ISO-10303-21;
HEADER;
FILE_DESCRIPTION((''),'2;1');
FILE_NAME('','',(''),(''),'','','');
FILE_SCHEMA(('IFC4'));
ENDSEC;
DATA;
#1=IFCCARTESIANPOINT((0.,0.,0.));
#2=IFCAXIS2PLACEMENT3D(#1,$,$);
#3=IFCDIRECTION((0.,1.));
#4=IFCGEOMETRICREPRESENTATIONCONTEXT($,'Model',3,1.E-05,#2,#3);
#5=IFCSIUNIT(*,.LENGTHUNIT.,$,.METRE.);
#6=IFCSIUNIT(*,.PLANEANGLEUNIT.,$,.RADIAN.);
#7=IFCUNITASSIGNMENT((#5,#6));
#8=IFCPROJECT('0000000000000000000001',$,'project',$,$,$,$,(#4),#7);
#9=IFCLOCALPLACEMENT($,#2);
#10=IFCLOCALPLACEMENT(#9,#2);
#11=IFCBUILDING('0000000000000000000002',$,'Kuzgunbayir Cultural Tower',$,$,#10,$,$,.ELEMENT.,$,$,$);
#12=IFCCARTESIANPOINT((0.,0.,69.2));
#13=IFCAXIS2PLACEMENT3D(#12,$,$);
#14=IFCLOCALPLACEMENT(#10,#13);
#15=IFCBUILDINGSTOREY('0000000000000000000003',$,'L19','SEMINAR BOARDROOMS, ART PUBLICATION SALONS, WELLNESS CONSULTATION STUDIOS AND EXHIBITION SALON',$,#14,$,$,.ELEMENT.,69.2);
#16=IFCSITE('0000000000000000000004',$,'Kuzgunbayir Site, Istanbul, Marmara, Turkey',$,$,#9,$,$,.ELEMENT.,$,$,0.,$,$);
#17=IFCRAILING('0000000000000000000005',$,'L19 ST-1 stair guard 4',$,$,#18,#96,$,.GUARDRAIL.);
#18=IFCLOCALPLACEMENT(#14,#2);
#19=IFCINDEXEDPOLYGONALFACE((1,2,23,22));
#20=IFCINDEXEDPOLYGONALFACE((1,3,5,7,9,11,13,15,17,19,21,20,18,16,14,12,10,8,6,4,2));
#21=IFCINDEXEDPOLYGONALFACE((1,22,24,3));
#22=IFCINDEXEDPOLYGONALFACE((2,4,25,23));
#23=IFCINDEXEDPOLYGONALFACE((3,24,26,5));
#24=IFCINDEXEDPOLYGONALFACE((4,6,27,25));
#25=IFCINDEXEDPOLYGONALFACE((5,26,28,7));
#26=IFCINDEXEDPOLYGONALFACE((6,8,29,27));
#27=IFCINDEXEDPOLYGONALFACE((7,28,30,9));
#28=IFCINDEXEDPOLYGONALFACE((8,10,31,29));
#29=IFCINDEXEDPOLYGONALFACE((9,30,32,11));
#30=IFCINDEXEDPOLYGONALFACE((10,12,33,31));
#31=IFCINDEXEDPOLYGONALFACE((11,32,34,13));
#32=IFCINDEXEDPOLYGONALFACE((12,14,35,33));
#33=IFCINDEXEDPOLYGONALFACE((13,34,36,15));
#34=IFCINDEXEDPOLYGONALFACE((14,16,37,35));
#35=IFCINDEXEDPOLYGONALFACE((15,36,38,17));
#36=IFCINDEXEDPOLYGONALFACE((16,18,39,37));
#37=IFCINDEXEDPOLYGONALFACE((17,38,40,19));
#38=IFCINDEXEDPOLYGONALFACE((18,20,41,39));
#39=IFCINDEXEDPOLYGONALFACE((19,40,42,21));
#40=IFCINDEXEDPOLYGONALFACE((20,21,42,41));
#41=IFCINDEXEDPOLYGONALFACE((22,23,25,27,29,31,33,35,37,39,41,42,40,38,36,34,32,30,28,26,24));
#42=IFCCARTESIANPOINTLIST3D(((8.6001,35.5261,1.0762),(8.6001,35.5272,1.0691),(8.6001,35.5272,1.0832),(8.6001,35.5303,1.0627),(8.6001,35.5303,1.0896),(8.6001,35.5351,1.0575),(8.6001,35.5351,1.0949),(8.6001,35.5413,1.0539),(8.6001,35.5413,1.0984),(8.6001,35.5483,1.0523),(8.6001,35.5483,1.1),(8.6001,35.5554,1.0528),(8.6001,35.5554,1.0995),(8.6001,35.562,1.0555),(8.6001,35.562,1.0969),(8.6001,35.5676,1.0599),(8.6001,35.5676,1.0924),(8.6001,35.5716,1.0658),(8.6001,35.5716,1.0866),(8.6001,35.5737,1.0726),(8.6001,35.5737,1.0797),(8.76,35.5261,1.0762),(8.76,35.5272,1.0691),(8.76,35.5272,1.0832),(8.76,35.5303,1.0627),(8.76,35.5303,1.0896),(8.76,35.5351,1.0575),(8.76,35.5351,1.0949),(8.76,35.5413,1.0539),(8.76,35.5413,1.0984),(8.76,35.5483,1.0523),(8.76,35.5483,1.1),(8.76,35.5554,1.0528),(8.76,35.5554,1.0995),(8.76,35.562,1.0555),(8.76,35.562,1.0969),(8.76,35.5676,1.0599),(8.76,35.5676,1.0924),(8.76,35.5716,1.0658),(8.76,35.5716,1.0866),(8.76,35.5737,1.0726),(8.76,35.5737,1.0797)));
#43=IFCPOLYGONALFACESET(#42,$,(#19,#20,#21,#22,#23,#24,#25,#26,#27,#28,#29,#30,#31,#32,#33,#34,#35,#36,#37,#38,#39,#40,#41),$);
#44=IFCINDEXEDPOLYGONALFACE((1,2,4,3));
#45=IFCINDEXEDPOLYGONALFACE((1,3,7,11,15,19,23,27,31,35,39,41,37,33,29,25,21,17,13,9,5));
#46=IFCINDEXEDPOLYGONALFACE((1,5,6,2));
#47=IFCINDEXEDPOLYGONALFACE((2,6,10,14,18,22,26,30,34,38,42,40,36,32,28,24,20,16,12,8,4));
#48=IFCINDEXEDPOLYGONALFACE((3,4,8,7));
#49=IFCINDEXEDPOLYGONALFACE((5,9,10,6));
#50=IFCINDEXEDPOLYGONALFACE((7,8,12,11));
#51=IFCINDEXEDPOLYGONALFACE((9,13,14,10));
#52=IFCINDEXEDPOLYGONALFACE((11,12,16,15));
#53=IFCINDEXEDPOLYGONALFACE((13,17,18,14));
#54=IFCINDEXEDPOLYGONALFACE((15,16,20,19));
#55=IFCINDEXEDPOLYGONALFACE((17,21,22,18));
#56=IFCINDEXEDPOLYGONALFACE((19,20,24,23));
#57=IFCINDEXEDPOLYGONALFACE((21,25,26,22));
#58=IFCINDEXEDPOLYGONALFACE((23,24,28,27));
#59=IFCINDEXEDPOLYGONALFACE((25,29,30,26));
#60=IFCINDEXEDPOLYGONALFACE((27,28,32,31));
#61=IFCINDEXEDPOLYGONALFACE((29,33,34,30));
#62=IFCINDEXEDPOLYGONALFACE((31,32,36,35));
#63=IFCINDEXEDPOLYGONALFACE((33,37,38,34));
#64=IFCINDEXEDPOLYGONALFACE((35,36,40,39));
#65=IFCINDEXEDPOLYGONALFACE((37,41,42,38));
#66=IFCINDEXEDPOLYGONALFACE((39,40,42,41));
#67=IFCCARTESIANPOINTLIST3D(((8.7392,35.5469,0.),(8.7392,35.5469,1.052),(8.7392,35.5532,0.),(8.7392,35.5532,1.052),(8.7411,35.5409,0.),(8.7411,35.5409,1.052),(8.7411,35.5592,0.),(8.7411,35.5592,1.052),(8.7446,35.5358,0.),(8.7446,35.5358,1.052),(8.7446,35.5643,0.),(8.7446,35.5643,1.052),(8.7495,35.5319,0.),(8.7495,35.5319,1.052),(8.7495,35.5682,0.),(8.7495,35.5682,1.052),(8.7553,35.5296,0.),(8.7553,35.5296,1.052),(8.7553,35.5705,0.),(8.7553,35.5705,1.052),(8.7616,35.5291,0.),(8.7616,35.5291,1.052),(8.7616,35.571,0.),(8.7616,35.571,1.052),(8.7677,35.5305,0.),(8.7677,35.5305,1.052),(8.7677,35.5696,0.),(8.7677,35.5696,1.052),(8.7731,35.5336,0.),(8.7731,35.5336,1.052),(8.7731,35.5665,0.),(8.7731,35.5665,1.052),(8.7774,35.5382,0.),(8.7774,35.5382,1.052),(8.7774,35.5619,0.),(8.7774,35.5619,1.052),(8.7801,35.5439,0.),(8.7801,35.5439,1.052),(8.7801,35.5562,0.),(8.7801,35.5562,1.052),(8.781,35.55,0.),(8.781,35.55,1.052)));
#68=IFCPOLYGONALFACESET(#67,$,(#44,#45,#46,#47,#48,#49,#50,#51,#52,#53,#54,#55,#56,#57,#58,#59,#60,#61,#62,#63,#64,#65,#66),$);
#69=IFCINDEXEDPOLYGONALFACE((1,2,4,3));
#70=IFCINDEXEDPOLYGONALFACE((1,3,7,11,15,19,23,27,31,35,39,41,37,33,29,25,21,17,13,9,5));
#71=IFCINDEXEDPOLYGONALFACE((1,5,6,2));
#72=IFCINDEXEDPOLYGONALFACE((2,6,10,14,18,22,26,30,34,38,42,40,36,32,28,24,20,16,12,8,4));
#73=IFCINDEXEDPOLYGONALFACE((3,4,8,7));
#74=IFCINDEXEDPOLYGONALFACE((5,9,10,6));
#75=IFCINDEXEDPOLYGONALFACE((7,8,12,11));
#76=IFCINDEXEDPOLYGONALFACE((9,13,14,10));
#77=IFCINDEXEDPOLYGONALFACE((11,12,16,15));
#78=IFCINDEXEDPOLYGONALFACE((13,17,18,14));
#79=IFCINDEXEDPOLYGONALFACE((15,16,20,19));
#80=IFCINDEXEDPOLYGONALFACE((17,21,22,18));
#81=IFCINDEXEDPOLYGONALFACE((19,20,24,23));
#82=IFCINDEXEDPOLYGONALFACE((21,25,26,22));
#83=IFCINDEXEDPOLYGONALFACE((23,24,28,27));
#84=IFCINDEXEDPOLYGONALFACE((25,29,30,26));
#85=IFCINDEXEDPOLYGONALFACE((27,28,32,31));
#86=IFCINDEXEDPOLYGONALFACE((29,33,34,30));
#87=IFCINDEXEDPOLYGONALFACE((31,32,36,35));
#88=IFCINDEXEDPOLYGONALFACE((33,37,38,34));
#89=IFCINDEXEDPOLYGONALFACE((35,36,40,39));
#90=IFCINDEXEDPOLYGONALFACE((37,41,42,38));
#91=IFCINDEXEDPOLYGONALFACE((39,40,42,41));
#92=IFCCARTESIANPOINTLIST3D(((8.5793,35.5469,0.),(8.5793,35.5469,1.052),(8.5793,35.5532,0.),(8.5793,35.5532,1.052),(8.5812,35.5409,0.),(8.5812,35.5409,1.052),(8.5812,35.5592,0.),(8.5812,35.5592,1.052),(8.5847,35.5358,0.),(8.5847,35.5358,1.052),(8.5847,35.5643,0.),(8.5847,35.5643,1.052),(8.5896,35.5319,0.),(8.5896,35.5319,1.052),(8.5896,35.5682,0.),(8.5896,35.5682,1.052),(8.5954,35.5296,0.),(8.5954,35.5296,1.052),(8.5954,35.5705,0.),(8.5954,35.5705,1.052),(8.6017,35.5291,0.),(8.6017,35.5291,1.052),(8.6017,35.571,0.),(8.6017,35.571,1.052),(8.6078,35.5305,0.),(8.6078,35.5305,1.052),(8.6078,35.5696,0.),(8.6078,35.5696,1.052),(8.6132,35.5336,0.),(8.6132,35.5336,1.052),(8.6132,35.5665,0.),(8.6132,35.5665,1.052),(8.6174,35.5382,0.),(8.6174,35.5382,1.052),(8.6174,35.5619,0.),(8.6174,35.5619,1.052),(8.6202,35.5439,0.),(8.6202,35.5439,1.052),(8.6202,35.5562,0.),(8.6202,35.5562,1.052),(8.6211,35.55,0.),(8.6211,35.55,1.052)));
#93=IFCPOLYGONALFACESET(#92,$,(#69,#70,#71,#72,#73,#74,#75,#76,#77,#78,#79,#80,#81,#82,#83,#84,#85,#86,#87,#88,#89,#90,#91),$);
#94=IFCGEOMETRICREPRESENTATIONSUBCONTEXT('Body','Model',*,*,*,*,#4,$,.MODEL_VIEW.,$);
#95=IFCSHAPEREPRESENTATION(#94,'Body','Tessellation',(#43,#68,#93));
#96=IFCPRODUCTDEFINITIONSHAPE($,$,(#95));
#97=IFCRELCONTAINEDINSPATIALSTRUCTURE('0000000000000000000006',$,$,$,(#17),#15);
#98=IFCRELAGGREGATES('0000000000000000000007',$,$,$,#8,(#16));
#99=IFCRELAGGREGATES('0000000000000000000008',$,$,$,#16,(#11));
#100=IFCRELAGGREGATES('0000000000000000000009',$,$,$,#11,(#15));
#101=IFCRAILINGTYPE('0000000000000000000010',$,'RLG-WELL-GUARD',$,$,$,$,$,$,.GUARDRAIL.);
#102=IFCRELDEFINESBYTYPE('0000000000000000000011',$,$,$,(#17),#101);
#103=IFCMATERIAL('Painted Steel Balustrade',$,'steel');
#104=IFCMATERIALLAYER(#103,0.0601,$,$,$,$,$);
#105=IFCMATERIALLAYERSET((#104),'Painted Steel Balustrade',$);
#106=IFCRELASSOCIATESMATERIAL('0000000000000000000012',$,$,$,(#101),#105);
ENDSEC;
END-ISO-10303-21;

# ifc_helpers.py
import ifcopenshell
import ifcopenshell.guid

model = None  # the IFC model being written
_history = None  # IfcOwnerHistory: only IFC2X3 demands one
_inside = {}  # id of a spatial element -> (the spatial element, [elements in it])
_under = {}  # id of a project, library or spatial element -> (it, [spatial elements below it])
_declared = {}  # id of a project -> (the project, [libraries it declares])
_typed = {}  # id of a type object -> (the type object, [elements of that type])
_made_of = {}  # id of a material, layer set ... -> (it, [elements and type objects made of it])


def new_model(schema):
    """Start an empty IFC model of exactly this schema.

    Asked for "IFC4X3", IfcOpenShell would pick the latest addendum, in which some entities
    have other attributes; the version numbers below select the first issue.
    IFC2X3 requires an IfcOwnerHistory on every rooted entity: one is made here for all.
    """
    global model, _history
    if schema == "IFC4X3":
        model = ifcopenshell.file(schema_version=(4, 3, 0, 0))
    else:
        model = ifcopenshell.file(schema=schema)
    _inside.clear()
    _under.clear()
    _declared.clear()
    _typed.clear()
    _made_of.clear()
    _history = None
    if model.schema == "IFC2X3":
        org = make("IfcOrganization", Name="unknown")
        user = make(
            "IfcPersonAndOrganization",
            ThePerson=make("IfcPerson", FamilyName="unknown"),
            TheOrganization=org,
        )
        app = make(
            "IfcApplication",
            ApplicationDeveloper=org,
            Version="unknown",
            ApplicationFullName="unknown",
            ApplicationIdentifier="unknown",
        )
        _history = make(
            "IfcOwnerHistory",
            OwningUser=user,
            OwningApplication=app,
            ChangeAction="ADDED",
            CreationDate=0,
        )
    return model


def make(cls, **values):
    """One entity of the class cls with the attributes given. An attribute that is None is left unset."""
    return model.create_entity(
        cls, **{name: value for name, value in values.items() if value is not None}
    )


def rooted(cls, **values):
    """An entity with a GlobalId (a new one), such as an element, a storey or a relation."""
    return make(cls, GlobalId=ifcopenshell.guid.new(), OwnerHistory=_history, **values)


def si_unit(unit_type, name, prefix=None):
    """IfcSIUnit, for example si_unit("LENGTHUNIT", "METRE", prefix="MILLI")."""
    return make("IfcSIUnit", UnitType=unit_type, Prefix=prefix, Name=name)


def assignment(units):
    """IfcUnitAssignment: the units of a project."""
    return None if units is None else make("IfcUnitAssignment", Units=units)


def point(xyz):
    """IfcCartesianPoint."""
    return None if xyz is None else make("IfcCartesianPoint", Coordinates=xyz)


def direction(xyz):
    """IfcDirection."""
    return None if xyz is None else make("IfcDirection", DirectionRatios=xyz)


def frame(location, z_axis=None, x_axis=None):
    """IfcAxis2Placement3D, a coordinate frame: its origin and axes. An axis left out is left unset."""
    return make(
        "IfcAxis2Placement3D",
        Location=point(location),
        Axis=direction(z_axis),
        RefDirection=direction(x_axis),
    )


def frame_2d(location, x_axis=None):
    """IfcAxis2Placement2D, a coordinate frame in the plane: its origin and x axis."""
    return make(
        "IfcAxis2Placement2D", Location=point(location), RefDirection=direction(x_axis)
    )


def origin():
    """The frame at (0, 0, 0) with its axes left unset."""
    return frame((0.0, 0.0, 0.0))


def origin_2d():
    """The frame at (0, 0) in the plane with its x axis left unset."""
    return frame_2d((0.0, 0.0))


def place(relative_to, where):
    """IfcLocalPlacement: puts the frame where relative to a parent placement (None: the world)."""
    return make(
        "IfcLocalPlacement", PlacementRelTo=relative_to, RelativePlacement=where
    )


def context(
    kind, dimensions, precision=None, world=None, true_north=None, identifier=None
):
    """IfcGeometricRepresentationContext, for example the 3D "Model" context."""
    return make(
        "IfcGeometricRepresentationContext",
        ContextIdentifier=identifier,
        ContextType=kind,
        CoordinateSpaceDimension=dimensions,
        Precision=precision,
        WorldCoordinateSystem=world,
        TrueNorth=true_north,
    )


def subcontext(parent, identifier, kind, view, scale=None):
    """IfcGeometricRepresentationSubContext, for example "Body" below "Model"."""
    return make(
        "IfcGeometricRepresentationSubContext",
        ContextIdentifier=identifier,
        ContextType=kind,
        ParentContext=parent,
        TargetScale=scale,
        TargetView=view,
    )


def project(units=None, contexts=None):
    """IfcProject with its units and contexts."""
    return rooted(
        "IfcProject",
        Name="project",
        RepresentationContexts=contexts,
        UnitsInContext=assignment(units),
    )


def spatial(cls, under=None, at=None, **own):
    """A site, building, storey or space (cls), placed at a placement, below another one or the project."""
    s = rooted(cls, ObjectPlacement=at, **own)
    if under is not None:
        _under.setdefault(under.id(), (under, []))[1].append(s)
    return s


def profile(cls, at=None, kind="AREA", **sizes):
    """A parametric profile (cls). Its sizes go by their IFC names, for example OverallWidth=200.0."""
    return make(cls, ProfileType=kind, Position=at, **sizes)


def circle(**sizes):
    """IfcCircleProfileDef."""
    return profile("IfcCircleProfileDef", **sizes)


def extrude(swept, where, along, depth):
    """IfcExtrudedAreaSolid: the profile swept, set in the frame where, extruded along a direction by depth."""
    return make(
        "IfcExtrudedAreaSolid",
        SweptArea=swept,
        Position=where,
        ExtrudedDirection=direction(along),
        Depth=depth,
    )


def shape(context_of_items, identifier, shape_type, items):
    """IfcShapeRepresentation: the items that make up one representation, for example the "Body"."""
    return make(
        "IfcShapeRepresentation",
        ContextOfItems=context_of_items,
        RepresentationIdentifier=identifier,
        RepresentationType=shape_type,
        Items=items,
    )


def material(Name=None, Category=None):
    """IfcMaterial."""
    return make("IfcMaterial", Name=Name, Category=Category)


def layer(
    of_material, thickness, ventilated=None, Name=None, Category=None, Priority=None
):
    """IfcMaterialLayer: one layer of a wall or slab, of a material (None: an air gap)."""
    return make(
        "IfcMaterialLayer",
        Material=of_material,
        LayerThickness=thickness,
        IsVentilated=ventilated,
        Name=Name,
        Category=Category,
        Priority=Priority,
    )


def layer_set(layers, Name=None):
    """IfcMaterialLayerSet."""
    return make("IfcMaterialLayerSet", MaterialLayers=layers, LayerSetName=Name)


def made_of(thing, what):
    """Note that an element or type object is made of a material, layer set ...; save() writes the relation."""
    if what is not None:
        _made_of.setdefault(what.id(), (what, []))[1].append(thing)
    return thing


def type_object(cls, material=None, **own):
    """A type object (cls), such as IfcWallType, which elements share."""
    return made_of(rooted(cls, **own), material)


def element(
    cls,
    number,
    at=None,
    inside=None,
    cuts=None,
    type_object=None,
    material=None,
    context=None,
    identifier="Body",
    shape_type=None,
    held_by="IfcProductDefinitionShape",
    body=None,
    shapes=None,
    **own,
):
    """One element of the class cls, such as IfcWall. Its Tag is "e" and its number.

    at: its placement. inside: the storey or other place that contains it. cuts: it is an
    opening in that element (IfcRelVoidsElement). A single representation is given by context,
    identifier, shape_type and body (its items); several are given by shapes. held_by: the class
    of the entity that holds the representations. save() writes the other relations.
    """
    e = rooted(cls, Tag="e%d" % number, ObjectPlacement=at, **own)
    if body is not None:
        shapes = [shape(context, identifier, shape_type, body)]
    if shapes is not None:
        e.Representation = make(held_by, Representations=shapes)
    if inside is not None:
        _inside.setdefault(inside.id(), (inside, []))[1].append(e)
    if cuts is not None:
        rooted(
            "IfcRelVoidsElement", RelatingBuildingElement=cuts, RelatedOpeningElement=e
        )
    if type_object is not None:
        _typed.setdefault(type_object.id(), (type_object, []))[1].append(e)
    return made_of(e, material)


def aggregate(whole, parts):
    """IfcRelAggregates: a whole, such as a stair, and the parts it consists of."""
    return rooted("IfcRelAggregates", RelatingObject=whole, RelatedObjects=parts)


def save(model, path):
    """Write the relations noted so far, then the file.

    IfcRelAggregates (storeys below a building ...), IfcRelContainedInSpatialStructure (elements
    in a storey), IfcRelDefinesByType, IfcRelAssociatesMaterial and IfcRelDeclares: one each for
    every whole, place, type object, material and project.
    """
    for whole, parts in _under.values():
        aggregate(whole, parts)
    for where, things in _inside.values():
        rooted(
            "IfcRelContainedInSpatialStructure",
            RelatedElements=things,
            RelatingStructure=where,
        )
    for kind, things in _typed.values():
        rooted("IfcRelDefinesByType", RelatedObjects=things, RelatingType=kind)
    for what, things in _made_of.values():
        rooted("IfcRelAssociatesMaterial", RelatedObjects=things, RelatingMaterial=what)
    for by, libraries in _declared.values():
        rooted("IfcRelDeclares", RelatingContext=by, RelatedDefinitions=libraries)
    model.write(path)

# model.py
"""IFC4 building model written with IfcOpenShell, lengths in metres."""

from ifc_helpers import new_model, si_unit, direction, frame, origin, origin_2d, place, context, subcontext, project, spatial, circle, extrude, material, layer, layer_set, type_object, element, save


model = new_model("IFC4")

# Units and contexts
model_context = context("Model", 3, precision=1e-05, world=origin(), true_north=direction((0.0, 1.0)))
body_context = subcontext(model_context, "Body", "Model", "MODEL_VIEW")
ifc_project = project(units=[si_unit("LENGTHUNIT", "METRE"), si_unit("PLANEANGLEUNIT", "RADIAN")], contexts=[model_context])

# Site, building, storey
site_placement = place(None, origin())
site = spatial("IfcSite", under=ifc_project, at=site_placement, Name="Kuzgunbayir Site, Istanbul, Marmara, Turkey", CompositionType="ELEMENT", RefElevation=0.0)
building_placement = place(site_placement, origin())
building = spatial("IfcBuilding", under=site, at=building_placement, Name="Kuzgunbayir Cultural Tower", CompositionType="ELEMENT")
storey_placement = place(building_placement, frame((0.0, 0.0, 69.2)))
storey = spatial("IfcBuildingStorey", under=building, at=storey_placement, Name="L19", Description="SEMINAR BOARDROOMS, ART PUBLICATION SALONS, WELLNESS CONSULTATION STUDIOS AND EXHIBITION SALON", CompositionType="ELEMENT", Elevation=69.2)

# Railing
ifc_material_1 = material(Name="Painted Steel Balustrade", Category="steel")
ifc_layer_1 = layer(ifc_material_1, 0.0601)
ifc_layer_set_1 = layer_set([ifc_layer_1], Name="Painted Steel Balustrade")
railing_type = type_object("IfcRailingType", Name="RLG-WELL-GUARD", PredefinedType="GUARDRAIL", material=ifc_layer_set_1)
railing_placement = place(storey_placement, frame((8.76, 35.55, 0.0)))
element("IfcRailing", 1, at=railing_placement, inside=storey, type_object=railing_type, Name="L19 ST-1 stair guard 4", PredefinedType="GUARDRAIL", context=body_context, shape_type="SweptSolid", body=[
    extrude(circle(Radius=0.0239, at=origin_2d()), frame((0.0, 0.0, 1.0762), z_axis=(-1.0, 0.0, 0.0), x_axis=(0.0, -1.0, 0.0)), (0.0, 0.0, 1.0), 0.1599),
    extrude(circle(Radius=0.021, at=origin_2d()), origin(), (0.0, 0.0, 1.0), 1.052),
    extrude(circle(Radius=0.021, at=origin_2d()), frame((-0.1599, 0.0, 0.0)), (0.0, 0.0, 1.0), 1.052),
])

save(model, "model.ifc")
